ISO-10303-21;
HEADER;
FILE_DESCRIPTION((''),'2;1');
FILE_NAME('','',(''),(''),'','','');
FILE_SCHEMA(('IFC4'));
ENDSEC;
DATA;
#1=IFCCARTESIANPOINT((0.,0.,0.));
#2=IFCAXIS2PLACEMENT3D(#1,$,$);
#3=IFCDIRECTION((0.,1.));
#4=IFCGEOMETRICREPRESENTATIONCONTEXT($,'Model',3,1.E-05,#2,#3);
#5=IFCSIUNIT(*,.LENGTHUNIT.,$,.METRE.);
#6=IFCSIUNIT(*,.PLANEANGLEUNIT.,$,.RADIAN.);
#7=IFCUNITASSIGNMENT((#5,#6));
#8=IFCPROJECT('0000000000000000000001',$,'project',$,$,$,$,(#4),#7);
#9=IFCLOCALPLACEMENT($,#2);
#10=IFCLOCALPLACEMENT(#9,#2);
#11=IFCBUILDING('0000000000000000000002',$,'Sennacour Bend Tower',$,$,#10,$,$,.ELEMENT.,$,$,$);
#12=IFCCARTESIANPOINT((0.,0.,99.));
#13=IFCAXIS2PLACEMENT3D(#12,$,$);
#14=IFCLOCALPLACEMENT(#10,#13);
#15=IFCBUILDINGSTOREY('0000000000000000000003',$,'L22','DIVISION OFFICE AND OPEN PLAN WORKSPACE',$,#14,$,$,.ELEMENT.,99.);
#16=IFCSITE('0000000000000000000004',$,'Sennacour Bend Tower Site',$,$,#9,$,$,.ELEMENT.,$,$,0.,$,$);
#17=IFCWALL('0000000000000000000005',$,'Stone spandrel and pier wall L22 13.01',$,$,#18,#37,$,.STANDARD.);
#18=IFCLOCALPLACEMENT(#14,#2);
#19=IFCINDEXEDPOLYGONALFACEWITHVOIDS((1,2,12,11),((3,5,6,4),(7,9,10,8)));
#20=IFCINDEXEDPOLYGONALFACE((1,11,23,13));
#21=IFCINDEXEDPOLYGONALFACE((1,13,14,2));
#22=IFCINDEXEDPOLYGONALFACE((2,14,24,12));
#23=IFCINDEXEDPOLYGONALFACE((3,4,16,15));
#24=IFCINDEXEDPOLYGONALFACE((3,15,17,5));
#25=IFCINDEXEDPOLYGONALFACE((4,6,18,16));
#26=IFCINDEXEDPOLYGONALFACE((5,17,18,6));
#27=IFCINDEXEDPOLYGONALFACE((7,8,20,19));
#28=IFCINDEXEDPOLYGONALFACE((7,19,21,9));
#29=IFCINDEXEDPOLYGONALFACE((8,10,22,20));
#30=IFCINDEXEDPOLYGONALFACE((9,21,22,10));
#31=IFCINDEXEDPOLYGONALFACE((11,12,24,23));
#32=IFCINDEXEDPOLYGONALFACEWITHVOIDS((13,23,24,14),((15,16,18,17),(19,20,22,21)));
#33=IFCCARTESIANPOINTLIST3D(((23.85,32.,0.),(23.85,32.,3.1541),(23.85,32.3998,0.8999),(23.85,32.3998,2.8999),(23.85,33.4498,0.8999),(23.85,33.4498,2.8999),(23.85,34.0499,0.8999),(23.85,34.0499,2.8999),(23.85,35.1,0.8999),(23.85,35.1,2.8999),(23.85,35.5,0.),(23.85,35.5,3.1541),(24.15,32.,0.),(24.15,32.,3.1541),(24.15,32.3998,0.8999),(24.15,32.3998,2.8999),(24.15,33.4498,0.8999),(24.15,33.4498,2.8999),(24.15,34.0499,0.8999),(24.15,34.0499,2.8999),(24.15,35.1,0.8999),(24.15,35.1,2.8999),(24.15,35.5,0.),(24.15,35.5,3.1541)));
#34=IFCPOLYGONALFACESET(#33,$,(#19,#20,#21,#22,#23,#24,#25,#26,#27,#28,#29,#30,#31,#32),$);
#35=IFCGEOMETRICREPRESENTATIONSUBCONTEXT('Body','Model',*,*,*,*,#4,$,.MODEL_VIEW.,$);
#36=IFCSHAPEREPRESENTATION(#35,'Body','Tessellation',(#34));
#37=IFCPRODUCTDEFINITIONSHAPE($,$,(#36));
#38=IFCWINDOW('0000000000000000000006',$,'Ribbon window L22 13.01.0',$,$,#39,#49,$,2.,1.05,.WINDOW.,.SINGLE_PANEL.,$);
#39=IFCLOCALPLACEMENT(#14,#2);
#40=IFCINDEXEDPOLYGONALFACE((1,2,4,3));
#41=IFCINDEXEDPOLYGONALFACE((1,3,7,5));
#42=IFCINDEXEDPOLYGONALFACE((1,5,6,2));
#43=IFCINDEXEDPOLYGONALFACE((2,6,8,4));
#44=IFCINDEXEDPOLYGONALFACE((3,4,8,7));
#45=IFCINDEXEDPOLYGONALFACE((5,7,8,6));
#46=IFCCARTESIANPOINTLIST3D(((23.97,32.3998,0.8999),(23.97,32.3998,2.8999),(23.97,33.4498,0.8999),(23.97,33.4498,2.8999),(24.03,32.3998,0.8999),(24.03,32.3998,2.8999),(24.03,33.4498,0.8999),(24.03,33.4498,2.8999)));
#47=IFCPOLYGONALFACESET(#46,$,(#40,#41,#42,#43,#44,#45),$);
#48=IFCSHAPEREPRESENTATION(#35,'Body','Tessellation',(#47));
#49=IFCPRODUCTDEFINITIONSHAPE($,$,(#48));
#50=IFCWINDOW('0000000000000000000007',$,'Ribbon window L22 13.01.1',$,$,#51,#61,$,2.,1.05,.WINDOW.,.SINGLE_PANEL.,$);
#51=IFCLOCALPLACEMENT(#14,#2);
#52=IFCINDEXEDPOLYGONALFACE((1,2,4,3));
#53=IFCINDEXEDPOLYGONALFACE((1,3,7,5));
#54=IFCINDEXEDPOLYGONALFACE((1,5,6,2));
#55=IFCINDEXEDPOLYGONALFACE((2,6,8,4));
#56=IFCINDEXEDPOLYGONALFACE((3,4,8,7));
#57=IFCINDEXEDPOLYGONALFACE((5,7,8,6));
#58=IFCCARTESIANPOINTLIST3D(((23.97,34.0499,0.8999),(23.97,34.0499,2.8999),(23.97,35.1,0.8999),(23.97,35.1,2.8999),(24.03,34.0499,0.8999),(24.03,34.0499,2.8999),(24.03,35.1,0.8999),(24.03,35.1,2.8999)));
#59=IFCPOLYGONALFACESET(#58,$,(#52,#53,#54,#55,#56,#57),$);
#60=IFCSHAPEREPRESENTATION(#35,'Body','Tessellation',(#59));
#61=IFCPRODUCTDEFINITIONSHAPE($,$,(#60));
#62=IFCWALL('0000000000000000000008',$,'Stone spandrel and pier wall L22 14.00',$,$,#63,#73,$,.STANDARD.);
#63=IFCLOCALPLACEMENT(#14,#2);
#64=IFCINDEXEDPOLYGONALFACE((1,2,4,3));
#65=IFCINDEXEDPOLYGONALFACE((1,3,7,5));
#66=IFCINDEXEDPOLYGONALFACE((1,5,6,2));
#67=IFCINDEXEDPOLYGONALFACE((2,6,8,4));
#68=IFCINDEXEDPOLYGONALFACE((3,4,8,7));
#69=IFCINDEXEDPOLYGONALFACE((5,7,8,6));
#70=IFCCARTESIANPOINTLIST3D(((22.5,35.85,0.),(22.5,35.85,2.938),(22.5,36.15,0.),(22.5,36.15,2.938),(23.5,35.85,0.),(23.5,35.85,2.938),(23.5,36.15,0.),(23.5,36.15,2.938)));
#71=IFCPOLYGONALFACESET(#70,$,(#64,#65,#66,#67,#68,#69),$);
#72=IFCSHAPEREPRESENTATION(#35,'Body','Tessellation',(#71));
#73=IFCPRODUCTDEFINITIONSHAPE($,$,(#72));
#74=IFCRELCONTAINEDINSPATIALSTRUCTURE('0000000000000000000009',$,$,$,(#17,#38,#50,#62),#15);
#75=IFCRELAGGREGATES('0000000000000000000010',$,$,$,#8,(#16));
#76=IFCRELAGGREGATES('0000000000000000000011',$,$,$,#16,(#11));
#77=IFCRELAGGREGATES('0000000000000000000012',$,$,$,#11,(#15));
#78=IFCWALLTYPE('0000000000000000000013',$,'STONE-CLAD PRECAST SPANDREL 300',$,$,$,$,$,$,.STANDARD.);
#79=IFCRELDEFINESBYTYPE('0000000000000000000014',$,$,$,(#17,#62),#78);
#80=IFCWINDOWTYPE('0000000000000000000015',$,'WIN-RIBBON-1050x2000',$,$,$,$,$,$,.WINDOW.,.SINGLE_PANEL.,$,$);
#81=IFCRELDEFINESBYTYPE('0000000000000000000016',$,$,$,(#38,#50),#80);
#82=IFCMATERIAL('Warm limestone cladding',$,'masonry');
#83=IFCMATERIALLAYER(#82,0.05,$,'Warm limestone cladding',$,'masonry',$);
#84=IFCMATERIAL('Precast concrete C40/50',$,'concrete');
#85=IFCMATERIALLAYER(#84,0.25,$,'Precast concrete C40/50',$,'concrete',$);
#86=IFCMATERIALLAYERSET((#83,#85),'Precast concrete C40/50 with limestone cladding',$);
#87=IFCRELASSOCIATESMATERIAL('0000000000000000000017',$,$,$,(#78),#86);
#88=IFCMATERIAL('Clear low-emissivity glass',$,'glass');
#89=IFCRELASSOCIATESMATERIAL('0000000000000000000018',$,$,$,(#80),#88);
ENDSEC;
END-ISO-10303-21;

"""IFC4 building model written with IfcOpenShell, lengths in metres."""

from ifc_helpers import new_model, si_unit, direction, frame, frame_2d, origin, place, context, subcontext, project, spatial, rectangle, extrude, material, layer, layer_set, type_object, element, fill, save


model = new_model("IFC4")

# Units and contexts
model_context = context("Model", 3, precision=1e-05, world=origin(), true_north=direction((0.0, 1.0)))
body_context = subcontext(model_context, "Body", "Model", "MODEL_VIEW")
ifc_project = project(units=[si_unit("LENGTHUNIT", "METRE"), si_unit("PLANEANGLEUNIT", "RADIAN")], contexts=[model_context])

# Site, building, storey
site_placement = place(None, origin())
site = spatial("IfcSite", under=ifc_project, at=site_placement, Name="Sennacour Bend Tower Site", CompositionType="ELEMENT", RefElevation=0.0)
building_placement = place(site_placement, origin())
building = spatial("IfcBuilding", under=site, at=building_placement, Name="Sennacour Bend Tower", CompositionType="ELEMENT")
storey_placement = place(building_placement, frame((0.0, 0.0, 99.0)))
storey = spatial("IfcBuildingStorey", under=building, at=storey_placement, Name="L22", Description="DIVISION OFFICE AND OPEN PLAN WORKSPACE", CompositionType="ELEMENT", Elevation=99.0)

# Shared definitions
ifc_material_1 = material(Name="Warm limestone cladding", Category="masonry")
ifc_layer_1 = layer(ifc_material_1, 0.05, Name="Warm limestone cladding", Category="masonry")
ifc_material_2 = material(Name="Precast concrete C40/50", Category="concrete")
ifc_layer_2 = layer(ifc_material_2, 0.25, Name="Precast concrete C40/50", Category="concrete")
ifc_layer_set_1 = layer_set([ifc_layer_1, ifc_layer_2], Name="Precast concrete C40/50 with limestone cladding")
wall_type_1 = type_object("IfcWallType", Name="STONE-CLAD PRECAST SPANDREL 300", PredefinedType="STANDARD", material=ifc_layer_set_1)

# Wall, openings, windows
ifc_material_3 = material(Name="Clear low-emissivity glass", Category="glass")
window_type_1 = type_object("IfcWindowType", Name="WIN-RIBBON-1050x2000", PartitioningType="SINGLE_PANEL", PredefinedType="WINDOW", material=ifc_material_3)
wall_1_placement = place(storey_placement, frame((24.0, 32.0, 0.0), z_axis=(0.0, 0.0, 1.0), x_axis=(0.0, 1.0, 0.0)))
wall_1 = element("IfcWall", 1, at=wall_1_placement, inside=storey, type_object=wall_type_1, Name="Stone spandrel and pier wall L22 13.01", PredefinedType="STANDARD", context=body_context, shape_type="SweptSolid", body=[
    extrude(rectangle(XDim=3.5, YDim=0.3, at=frame_2d((1.75, 0.0))), origin(), (0.0, 0.0, 1.0), 3.1541),
])
opening_1_placement = place(wall_1_placement, frame((0.3999, 0.0, 0.8999)))
opening_1 = element("IfcOpeningElement", 2, at=opening_1_placement, cuts=wall_1, PredefinedType="OPENING", context=body_context, shape_type="SweptSolid", body=[
    extrude(rectangle(XDim=1.05, YDim=2.0, at=frame_2d((0.5249, 1.0))), frame((0.0, 0.1602, 0.0), z_axis=(0.0, -1.0, 0.0), x_axis=(1.0, 0.0, 0.0)), (0.0, 0.0, 1.0), 0.3201),
])
opening_2_placement = place(wall_1_placement, frame((2.05, 0.0, 0.8999)))
opening_2 = element("IfcOpeningElement", 3, at=opening_2_placement, cuts=wall_1, PredefinedType="OPENING", context=body_context, shape_type="SweptSolid", body=[
    extrude(rectangle(XDim=1.05, YDim=2.0, at=frame_2d((0.5249, 1.0))), frame((0.0, 0.1602, 0.0), z_axis=(0.0, -1.0, 0.0), x_axis=(1.0, 0.0, 0.0)), (0.0, 0.0, 1.0), 0.3201),
])
window_1_placement = place(opening_1_placement, origin())
window_1 = element("IfcWindow", 4, at=window_1_placement, inside=storey, type_object=window_type_1, Name="Ribbon window L22 13.01.0", OverallHeight=2.0, OverallWidth=1.05, PartitioningType="SINGLE_PANEL", PredefinedType="WINDOW", context=body_context, shape_type="SweptSolid", body=[
    extrude(rectangle(XDim=1.05, YDim=2.0, at=frame_2d((0.5249, 1.0))), frame((0.0, 0.03, 0.0), z_axis=(0.0, -1.0, 0.0), x_axis=(1.0, 0.0, 0.0)), (0.0, 0.0, 1.0), 0.0601),
])
fill(opening_1, window_1)
window_2_placement = place(opening_2_placement, origin())
window_2 = element("IfcWindow", 5, at=window_2_placement, inside=storey, type_object=window_type_1, Name="Ribbon window L22 13.01.1", OverallHeight=2.0, OverallWidth=1.05, PartitioningType="SINGLE_PANEL", PredefinedType="WINDOW", context=body_context, shape_type="SweptSolid", body=[
    extrude(rectangle(XDim=1.05, YDim=2.0, at=frame_2d((0.5249, 1.0))), frame((0.0, 0.03, 0.0), z_axis=(0.0, -1.0, 0.0), x_axis=(1.0, 0.0, 0.0)), (0.0, 0.0, 1.0), 0.0601),
])
fill(opening_2, window_2)

# Wall
wall_2_placement = place(storey_placement, frame((23.5, 36.0, 0.0), z_axis=(0.0, 0.0, 1.0), x_axis=(-1.0, 0.0, 0.0)))
element("IfcWall", 6, at=wall_2_placement, inside=storey, type_object=wall_type_1, Name="Stone spandrel and pier wall L22 14.00", PredefinedType="STANDARD", context=body_context, shape_type="SweptSolid", body=[
    extrude(rectangle(XDim=1.0, YDim=0.3, at=frame_2d((0.5, 0.0))), origin(), (0.0, 0.0, 1.0), 2.938),
])

save(model, "model.ifc")
